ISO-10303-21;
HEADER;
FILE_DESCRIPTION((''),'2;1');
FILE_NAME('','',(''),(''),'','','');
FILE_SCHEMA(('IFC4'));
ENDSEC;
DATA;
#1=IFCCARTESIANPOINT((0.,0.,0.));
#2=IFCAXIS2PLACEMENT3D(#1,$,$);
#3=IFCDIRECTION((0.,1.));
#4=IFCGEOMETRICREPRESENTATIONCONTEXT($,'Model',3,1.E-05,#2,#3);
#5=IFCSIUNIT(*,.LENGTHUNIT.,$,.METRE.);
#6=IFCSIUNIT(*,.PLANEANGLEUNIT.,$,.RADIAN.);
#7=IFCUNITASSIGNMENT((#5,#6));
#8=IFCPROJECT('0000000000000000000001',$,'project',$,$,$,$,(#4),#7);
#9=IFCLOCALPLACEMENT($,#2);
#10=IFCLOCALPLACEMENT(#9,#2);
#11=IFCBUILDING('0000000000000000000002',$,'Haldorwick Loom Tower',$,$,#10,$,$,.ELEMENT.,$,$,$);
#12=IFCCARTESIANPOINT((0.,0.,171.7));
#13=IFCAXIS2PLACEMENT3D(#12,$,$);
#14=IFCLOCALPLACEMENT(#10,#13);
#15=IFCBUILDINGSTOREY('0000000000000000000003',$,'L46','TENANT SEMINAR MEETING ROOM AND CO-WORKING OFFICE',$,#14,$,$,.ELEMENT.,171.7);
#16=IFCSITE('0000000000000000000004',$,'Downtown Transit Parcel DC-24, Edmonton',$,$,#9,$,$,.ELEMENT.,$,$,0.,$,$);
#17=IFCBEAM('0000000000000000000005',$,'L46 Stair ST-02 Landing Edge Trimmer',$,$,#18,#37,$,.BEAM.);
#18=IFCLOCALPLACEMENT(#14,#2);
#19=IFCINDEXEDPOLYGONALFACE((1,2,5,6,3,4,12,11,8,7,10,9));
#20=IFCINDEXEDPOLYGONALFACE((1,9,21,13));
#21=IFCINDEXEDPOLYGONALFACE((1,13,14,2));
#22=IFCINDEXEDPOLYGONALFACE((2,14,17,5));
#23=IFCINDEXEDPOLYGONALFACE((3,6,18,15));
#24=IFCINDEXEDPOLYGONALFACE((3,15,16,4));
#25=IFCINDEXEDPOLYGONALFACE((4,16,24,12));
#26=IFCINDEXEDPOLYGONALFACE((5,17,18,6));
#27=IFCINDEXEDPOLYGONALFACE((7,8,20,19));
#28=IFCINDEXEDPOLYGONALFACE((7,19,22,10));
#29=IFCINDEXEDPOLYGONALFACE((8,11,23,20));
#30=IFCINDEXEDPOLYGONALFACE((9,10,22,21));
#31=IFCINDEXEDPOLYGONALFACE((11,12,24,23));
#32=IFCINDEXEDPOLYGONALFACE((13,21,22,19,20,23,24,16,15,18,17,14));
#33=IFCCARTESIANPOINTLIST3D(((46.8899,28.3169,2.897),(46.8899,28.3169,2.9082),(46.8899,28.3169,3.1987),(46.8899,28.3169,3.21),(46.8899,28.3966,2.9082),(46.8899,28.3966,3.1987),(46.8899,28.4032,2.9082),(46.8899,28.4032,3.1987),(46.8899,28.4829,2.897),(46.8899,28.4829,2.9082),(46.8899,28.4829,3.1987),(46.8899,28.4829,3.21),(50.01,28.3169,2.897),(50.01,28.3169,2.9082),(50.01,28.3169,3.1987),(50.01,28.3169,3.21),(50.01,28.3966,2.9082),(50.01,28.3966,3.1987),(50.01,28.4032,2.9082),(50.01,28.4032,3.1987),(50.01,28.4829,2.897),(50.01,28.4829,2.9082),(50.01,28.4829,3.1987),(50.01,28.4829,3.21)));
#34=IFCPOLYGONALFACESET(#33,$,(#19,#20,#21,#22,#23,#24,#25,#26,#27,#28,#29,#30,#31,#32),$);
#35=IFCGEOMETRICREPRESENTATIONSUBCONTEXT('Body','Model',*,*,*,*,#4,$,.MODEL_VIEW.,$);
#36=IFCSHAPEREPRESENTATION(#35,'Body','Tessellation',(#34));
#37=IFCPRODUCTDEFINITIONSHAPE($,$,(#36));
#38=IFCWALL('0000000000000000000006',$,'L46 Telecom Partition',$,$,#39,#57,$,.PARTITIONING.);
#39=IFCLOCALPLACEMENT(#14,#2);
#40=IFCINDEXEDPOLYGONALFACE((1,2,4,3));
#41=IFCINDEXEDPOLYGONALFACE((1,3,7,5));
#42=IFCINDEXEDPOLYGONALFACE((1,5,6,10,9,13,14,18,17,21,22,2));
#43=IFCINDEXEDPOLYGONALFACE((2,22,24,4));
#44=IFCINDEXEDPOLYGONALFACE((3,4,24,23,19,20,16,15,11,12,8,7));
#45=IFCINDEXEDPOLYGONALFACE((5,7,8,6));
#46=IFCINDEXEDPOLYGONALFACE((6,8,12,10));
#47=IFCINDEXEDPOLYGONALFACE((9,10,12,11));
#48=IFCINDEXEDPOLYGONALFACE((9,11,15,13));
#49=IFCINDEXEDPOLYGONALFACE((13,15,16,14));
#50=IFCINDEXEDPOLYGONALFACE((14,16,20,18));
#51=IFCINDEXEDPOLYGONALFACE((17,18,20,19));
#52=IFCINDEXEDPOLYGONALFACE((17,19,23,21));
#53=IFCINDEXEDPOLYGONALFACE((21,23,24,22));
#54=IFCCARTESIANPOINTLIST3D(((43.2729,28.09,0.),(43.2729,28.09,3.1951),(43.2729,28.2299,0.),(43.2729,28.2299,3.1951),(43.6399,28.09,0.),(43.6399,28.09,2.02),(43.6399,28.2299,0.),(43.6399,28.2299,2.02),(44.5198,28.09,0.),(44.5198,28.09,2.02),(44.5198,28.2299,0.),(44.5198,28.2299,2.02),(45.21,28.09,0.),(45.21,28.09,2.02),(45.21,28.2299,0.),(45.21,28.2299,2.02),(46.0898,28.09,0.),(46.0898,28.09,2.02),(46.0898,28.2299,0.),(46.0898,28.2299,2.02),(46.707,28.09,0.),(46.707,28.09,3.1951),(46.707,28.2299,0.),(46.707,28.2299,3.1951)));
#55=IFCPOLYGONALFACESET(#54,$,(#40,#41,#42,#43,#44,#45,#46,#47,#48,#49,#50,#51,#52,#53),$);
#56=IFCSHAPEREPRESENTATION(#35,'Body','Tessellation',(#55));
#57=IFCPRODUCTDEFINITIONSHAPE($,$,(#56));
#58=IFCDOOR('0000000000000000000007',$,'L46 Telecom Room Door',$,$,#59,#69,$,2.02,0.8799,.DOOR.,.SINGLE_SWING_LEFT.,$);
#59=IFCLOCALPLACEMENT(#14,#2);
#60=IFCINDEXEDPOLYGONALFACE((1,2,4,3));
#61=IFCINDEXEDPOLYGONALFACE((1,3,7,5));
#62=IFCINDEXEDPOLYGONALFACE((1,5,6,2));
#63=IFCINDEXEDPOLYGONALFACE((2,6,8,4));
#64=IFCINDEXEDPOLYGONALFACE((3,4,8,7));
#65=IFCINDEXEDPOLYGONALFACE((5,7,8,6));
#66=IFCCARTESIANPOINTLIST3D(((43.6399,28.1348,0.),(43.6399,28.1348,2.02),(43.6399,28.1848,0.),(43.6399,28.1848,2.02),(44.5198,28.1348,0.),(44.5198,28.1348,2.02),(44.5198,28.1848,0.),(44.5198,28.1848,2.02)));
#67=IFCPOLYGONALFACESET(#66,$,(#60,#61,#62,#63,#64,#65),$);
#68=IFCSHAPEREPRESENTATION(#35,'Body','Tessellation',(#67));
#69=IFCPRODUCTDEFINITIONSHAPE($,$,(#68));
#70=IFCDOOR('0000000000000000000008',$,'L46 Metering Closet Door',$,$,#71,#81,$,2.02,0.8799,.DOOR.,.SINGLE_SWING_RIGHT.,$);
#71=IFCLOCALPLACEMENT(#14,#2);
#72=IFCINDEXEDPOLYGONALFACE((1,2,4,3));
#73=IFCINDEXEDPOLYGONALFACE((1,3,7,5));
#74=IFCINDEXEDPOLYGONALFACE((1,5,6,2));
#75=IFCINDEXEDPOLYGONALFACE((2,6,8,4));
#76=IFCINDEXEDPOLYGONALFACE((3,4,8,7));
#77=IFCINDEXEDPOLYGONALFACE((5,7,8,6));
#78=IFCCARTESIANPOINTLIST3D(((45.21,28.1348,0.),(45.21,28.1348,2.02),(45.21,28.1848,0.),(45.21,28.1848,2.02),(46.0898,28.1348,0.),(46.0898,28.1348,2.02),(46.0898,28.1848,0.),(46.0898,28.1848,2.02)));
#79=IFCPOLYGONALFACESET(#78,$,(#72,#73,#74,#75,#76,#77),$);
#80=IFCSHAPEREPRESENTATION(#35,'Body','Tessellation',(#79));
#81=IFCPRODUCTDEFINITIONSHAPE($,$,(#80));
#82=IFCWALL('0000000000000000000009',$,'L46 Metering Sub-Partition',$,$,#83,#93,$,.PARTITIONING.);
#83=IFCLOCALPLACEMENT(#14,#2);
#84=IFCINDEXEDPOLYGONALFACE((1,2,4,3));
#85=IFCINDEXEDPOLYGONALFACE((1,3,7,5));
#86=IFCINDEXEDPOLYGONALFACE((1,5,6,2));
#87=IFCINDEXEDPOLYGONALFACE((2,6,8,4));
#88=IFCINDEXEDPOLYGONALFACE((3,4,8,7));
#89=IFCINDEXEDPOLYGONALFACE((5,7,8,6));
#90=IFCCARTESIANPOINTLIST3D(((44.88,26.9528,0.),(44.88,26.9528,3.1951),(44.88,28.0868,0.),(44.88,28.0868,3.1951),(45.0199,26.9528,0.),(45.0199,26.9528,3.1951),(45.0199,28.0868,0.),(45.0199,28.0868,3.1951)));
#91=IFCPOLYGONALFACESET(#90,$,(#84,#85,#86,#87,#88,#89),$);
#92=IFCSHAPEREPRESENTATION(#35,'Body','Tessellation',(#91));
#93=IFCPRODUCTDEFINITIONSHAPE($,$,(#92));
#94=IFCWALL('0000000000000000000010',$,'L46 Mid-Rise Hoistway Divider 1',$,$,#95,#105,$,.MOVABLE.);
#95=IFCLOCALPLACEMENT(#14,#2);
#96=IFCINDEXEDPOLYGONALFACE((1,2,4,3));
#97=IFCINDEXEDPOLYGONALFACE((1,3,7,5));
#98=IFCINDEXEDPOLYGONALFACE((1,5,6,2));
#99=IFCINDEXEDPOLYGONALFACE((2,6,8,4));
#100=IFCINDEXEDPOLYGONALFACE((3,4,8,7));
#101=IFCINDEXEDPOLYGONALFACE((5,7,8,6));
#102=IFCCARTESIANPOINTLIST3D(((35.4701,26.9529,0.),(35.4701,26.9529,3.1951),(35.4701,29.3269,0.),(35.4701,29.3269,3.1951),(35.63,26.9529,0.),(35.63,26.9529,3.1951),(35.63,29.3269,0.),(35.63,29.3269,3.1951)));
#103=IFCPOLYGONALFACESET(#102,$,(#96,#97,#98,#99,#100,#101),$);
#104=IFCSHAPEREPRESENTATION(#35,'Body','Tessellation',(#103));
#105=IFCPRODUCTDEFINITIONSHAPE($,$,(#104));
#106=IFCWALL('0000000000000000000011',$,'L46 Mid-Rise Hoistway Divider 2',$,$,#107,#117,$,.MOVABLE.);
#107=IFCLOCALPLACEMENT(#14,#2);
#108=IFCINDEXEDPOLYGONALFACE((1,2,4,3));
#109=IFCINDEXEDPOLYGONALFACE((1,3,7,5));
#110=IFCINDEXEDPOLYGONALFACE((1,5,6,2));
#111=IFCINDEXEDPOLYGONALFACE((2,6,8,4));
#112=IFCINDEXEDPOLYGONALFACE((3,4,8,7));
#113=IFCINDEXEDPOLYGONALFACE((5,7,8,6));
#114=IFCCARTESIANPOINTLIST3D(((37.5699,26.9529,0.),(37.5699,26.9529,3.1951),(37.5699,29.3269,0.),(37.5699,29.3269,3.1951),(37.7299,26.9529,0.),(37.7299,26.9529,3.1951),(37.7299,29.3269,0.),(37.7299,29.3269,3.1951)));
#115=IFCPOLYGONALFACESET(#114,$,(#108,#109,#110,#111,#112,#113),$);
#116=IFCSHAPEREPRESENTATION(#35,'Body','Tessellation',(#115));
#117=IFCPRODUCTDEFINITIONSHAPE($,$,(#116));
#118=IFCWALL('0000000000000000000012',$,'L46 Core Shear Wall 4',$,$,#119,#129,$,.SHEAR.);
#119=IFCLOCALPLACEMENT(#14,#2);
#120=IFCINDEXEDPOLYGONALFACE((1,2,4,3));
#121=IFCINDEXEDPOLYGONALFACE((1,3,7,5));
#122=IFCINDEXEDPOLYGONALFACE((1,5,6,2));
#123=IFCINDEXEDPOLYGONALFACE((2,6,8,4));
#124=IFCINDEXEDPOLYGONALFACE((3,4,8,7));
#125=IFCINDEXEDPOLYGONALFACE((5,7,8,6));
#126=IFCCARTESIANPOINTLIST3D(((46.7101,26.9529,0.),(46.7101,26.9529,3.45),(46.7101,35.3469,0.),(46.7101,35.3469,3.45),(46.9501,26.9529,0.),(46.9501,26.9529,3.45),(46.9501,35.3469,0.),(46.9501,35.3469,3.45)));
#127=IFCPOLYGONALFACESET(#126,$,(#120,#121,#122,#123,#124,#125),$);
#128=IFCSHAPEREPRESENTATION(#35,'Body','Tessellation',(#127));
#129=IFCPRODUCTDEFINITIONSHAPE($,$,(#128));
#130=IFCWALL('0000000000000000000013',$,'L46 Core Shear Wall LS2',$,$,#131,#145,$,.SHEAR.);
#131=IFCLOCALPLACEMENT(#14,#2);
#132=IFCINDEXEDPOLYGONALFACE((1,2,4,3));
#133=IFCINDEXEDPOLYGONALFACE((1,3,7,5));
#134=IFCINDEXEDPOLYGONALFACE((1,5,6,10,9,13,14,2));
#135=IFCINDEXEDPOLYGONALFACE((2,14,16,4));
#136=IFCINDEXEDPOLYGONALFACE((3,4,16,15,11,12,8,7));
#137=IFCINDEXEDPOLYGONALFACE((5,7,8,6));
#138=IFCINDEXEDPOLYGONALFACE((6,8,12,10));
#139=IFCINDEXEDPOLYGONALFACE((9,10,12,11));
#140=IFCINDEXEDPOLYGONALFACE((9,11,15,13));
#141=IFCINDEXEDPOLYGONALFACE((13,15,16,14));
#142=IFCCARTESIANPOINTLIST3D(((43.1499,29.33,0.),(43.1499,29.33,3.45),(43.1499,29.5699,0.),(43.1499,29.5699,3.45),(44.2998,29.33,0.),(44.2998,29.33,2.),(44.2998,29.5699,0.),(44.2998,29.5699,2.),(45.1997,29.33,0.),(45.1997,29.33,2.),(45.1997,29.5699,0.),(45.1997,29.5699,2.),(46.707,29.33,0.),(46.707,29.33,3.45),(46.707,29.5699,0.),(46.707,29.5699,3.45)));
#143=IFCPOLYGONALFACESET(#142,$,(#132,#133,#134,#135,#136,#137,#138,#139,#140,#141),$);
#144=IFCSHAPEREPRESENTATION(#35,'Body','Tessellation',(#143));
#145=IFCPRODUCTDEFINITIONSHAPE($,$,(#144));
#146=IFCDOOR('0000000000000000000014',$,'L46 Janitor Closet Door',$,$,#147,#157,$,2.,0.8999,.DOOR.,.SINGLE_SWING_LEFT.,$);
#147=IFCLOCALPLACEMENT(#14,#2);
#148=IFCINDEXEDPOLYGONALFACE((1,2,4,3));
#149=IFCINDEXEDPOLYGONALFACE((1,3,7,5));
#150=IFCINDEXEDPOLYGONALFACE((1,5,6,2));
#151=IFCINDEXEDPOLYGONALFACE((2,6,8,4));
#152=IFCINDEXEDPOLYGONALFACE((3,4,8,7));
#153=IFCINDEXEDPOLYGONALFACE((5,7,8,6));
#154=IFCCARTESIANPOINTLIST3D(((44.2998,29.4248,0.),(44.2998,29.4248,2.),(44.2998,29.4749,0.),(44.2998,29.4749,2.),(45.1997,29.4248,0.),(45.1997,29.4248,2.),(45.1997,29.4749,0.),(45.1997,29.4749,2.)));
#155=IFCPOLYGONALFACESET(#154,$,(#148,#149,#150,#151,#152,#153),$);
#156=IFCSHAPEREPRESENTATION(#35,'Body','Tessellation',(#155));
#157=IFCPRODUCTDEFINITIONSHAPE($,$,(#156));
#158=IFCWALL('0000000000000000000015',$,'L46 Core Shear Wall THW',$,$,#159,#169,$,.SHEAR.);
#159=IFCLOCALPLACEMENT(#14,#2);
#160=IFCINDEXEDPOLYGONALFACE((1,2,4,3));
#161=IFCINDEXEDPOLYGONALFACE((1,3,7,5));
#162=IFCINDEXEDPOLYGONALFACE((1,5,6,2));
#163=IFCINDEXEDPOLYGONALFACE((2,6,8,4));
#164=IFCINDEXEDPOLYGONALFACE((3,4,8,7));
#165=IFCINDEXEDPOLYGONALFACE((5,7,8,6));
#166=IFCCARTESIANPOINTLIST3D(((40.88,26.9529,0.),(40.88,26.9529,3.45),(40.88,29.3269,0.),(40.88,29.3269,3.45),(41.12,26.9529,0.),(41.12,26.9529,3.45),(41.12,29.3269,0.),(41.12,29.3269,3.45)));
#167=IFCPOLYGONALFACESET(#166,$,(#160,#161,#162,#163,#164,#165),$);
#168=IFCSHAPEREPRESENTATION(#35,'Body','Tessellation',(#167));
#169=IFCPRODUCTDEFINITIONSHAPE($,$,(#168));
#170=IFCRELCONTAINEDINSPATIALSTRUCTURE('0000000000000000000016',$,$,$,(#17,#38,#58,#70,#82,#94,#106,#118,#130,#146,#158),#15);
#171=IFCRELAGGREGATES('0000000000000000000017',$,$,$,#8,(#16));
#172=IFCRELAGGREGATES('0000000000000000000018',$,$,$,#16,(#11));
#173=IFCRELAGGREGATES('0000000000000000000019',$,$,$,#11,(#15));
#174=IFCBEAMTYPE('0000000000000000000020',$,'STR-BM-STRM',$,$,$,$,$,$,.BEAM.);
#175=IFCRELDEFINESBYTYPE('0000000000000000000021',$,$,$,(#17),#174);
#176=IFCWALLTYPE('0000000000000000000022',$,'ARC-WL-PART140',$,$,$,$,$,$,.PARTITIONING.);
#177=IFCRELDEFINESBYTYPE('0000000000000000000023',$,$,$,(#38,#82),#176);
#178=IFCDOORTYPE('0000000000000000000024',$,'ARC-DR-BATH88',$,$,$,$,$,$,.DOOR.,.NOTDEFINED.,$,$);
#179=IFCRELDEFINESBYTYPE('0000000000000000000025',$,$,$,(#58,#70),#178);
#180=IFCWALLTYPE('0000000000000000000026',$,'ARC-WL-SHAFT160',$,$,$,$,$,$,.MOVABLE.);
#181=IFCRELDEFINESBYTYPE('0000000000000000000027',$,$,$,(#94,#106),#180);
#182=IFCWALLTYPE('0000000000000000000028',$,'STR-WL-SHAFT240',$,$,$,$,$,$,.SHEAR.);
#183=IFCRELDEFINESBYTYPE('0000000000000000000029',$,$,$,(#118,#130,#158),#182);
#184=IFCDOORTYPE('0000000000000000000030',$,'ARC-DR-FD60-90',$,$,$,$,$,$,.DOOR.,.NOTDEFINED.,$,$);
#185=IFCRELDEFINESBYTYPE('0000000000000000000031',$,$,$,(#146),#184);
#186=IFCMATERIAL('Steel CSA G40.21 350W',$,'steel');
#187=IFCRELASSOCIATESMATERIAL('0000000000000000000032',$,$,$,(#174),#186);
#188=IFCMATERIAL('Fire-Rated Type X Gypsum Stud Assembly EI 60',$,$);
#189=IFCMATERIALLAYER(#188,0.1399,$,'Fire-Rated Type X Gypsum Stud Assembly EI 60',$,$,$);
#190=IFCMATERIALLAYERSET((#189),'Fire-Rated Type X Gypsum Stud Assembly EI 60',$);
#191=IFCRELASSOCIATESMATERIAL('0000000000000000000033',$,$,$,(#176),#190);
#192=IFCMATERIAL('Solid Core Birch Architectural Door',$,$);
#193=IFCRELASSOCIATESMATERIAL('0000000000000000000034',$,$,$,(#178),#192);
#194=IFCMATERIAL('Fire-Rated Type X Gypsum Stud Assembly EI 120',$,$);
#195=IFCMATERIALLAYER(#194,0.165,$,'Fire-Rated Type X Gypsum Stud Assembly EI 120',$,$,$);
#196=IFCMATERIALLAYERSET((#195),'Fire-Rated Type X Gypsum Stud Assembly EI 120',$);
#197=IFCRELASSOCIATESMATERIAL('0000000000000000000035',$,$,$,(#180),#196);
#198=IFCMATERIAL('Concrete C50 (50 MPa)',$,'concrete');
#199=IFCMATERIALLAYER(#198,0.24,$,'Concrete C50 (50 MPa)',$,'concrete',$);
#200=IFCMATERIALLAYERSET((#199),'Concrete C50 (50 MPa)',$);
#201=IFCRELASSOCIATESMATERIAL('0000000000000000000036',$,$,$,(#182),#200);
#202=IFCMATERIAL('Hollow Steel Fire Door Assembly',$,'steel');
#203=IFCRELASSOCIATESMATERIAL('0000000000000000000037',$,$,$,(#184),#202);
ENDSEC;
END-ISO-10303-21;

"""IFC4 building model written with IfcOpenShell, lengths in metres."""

from ifc_helpers import new_model, si_unit, direction, frame, frame_2d, origin, origin_2d, place, context, subcontext, project, spatial, rectangle, i_section, extrude, material, layer, layer_set, material_profile, profile_set, type_object, element, fill, save


model = new_model("IFC4")

# Units and contexts
model_context = context("Model", 3, precision=1e-05, world=origin(), true_north=direction((0.0, 1.0)))
body_context = subcontext(model_context, "Body", "Model", "MODEL_VIEW")
ifc_project = project(units=[si_unit("LENGTHUNIT", "METRE"), si_unit("PLANEANGLEUNIT", "RADIAN")], contexts=[model_context])

# Site, building, storey
site_placement = place(None, origin())
site = spatial("IfcSite", under=ifc_project, at=site_placement, Name="Downtown Transit Parcel DC-24, Edmonton", CompositionType="ELEMENT", RefElevation=0.0)
building_placement = place(site_placement, origin())
building = spatial("IfcBuilding", under=site, at=building_placement, Name="Haldorwick Loom Tower", CompositionType="ELEMENT")
storey_placement = place(building_placement, frame((0.0, 0.0, 171.7)))
storey = spatial("IfcBuildingStorey", under=building, at=storey_placement, Name="L46", Description="TENANT SEMINAR MEETING ROOM AND CO-WORKING OFFICE", CompositionType="ELEMENT", Elevation=171.7)

# Shared definitions
ifc_material_1 = material(Name="Steel CSA G40.21 350W", Category="steel")

# Beam
ifc_material_profile_1 = material_profile(ifc_material_1, i_section(OverallWidth=0.166, OverallDepth=0.313, WebThickness=0.0066, FlangeThickness=0.0112, at=origin_2d()), Name="W310X45", Category="steel")
ifc_profile_set_1 = profile_set([ifc_material_profile_1], Name="Steel CSA G40.21 350W")
beam_type_1 = type_object("IfcBeamType", Name="STR-BM-STRM", PredefinedType="BEAM", material=ifc_profile_set_1)
beam_1_placement = place(storey_placement, frame((46.8899, 28.3999, 3.0535), z_axis=(1.0, 0.0, 0.0), x_axis=(0.0, 1.0, 0.0)))
element("IfcBeam", 1, at=beam_1_placement, inside=storey, type_object=beam_type_1, Name="L46 Stair ST-02 Landing Edge Trimmer", PredefinedType="BEAM", context=body_context, shape_type="SweptSolid", body=[
    extrude(i_section(OverallWidth=0.166, OverallDepth=0.313, WebThickness=0.0066, FlangeThickness=0.0112, at=origin_2d()), origin(), (0.0, 0.0, 1.0), 3.1201),
])

# Wall, openings, doors
ifc_material_2 = material(Name="Fire-Rated Type X Gypsum Stud Assembly EI 60")
ifc_layer_1 = layer(ifc_material_2, 0.1399, Name="Fire-Rated Type X Gypsum Stud Assembly EI 60")
ifc_layer_set_1 = layer_set([ifc_layer_1], Name="Fire-Rated Type X Gypsum Stud Assembly EI 60")
wall_type_1 = type_object("IfcWallType", Name="ARC-WL-PART140", PredefinedType="PARTITIONING", material=ifc_layer_set_1)
wall_1_placement = place(storey_placement, frame((43.2729, 28.1599, 0.0), z_axis=(0.0, 0.0, 1.0), x_axis=(1.0, 0.0, 0.0)))
wall_1 = element("IfcWall", 2, at=wall_1_placement, inside=storey, type_object=wall_type_1, Name="L46 Telecom Partition", PredefinedType="PARTITIONING", context=body_context, shape_type="SweptSolid", body=[
    extrude(rectangle(XDim=3.4341, YDim=0.1399, at=frame_2d((1.717, 0.0))), origin(), (0.0, 0.0, 1.0), 3.1951),
])
opening_1_placement = place(wall_1_placement, frame((0.3669, 0.0, 0.0)))
opening_1 = element("IfcOpeningElement", 3, at=opening_1_placement, cuts=wall_1, PredefinedType="OPENING", context=body_context, shape_type="SweptSolid", body=[
    extrude(rectangle(XDim=0.8799, YDim=2.02, at=frame_2d((0.4399, 1.01))), frame((0.0, 0.0798, 0.0), z_axis=(0.0, -1.0, 0.0), x_axis=(1.0, 0.0, 0.0)), (0.0, 0.0, 1.0), 0.1599),
])
opening_2_placement = place(wall_1_placement, frame((1.937, 0.0, 0.0)))
opening_2 = element("IfcOpeningElement", 4, at=opening_2_placement, cuts=wall_1, PredefinedType="OPENING", context=body_context, shape_type="SweptSolid", body=[
    extrude(rectangle(XDim=0.8799, YDim=2.02, at=frame_2d((0.4399, 1.01))), frame((0.0, 0.0798, 0.0), z_axis=(0.0, -1.0, 0.0), x_axis=(1.0, 0.0, 0.0)), (0.0, 0.0, 1.0), 0.1599),
])
ifc_material_3 = material(Name="Solid Core Birch Architectural Door")
door_type_1 = type_object("IfcDoorType", Name="ARC-DR-BATH88", OperationType="NOTDEFINED", PredefinedType="DOOR", material=ifc_material_3)
door_1_placement = place(opening_1_placement, origin())
door_1 = element("IfcDoor", 5, at=door_1_placement, inside=storey, type_object=door_type_1, Name="L46 Telecom Room Door", OperationType="SINGLE_SWING_LEFT", OverallHeight=2.02, OverallWidth=0.8799, PredefinedType="DOOR", context=body_context, shape_type="SweptSolid", body=[
    extrude(rectangle(XDim=0.8799, YDim=2.02, at=frame_2d((0.4399, 1.01))), frame((0.0, 0.0249, 0.0), z_axis=(0.0, -1.0, 0.0), x_axis=(1.0, 0.0, 0.0)), (0.0, 0.0, 1.0), 0.05),
])
fill(opening_1, door_1)
door_2_placement = place(opening_2_placement, origin())
door_2 = element("IfcDoor", 6, at=door_2_placement, inside=storey, type_object=door_type_1, Name="L46 Metering Closet Door", OperationType="SINGLE_SWING_RIGHT", OverallHeight=2.02, OverallWidth=0.8799, PredefinedType="DOOR", context=body_context, shape_type="SweptSolid", body=[
    extrude(rectangle(XDim=0.8799, YDim=2.02, at=frame_2d((0.4399, 1.01))), frame((0.0, 0.0249, 0.0), z_axis=(0.0, -1.0, 0.0), x_axis=(1.0, 0.0, 0.0)), (0.0, 0.0, 1.0), 0.05),
])
fill(opening_2, door_2)

# Walls
wall_2_placement = place(storey_placement, frame((44.95, 26.9529, 0.0), z_axis=(0.0, 0.0, 1.0), x_axis=(0.0, 1.0, 0.0)))
element("IfcWall", 7, at=wall_2_placement, inside=storey, type_object=wall_type_1, Name="L46 Metering Sub-Partition", PredefinedType="PARTITIONING", context=body_context, shape_type="SweptSolid", body=[
    extrude(rectangle(XDim=1.134, YDim=0.1399, at=frame_2d((0.5669, 0.0))), origin(), (0.0, 0.0, 1.0), 3.1951),
])
ifc_material_4 = material(Name="Fire-Rated Type X Gypsum Stud Assembly EI 120")
ifc_layer_2 = layer(ifc_material_4, 0.165, Name="Fire-Rated Type X Gypsum Stud Assembly EI 120")
ifc_layer_set_2 = layer_set([ifc_layer_2], Name="Fire-Rated Type X Gypsum Stud Assembly EI 120")
wall_type_2 = type_object("IfcWallType", Name="ARC-WL-SHAFT160", PredefinedType="MOVABLE", material=ifc_layer_set_2)
for number, where, z_axis, x_axis, name in (
    (8, (35.55, 26.9529, 0.0), (0.0, 0.0, 1.0), (0.0, 1.0, 0.0), "L46 Mid-Rise Hoistway Divider 1"),
    (9, (37.6499, 26.9529, 0.0), (0.0, 0.0, 1.0), (0.0, 1.0, 0.0), "L46 Mid-Rise Hoistway Divider 2"),
):
    element("IfcWall", number, at=place(storey_placement, frame(where, z_axis=z_axis, x_axis=x_axis)), inside=storey, type_object=wall_type_2, Name=name, PredefinedType="MOVABLE", context=body_context, shape_type="SweptSolid", body=[
        extrude(rectangle(XDim=2.374, YDim=0.1599, at=frame_2d((1.187, 0.0))), origin(), (0.0, 0.0, 1.0), 3.1951),
    ])
ifc_material_5 = material(Name="Concrete C50 (50 MPa)", Category="concrete")
ifc_layer_3 = layer(ifc_material_5, 0.24, Name="Concrete C50 (50 MPa)", Category="concrete")
ifc_layer_set_3 = layer_set([ifc_layer_3], Name="Concrete C50 (50 MPa)")
wall_type_3 = type_object("IfcWallType", Name="STR-WL-SHAFT240", PredefinedType="SHEAR", material=ifc_layer_set_3)
wall_3_placement = place(storey_placement, frame((46.8301, 26.9529, 0.0), z_axis=(0.0, 0.0, 1.0), x_axis=(0.0, 1.0, 0.0)))
element("IfcWall", 10, at=wall_3_placement, inside=storey, type_object=wall_type_3, Name="L46 Core Shear Wall 4", PredefinedType="SHEAR", context=body_context, shape_type="SweptSolid", body=[
    extrude(rectangle(XDim=8.394, YDim=0.24, at=frame_2d((4.197, 0.0))), origin(), (0.0, 0.0, 1.0), 3.45),
])

# Wall, opening, door
wall_4_placement = place(storey_placement, frame((43.1499, 29.45, 0.0), z_axis=(0.0, 0.0, 1.0), x_axis=(1.0, 0.0, 0.0)))
wall_4 = element("IfcWall", 11, at=wall_4_placement, inside=storey, type_object=wall_type_3, Name="L46 Core Shear Wall LS2", PredefinedType="SHEAR", context=body_context, shape_type="SweptSolid", body=[
    extrude(rectangle(XDim=3.5571, YDim=0.24, at=frame_2d((1.7786, 0.0))), origin(), (0.0, 0.0, 1.0), 3.45),
])
opening_3_placement = place(wall_4_placement, frame((1.1499, 0.0, 0.0)))
opening_3 = element("IfcOpeningElement", 12, at=opening_3_placement, cuts=wall_4, PredefinedType="OPENING", context=body_context, shape_type="SweptSolid", body=[
    extrude(rectangle(XDim=0.8999, YDim=2.0, at=frame_2d((0.45, 1.0))), frame((0.0, 0.1299, 0.0), z_axis=(0.0, -1.0, 0.0), x_axis=(1.0, 0.0, 0.0)), (0.0, 0.0, 1.0), 0.26),
])
ifc_material_6 = material(Name="Hollow Steel Fire Door Assembly", Category="steel")
door_type_2 = type_object("IfcDoorType", Name="ARC-DR-FD60-90", OperationType="NOTDEFINED", PredefinedType="DOOR", material=ifc_material_6)
door_3_placement = place(opening_3_placement, origin())
door_3 = element("IfcDoor", 13, at=door_3_placement, inside=storey, type_object=door_type_2, Name="L46 Janitor Closet Door", OperationType="SINGLE_SWING_LEFT", OverallHeight=2.0, OverallWidth=0.8999, PredefinedType="DOOR", context=body_context, shape_type="SweptSolid", body=[
    extrude(rectangle(XDim=0.8999, YDim=2.0, at=frame_2d((0.45, 1.0))), frame((0.0, 0.0249, 0.0), z_axis=(0.0, -1.0, 0.0), x_axis=(1.0, 0.0, 0.0)), (0.0, 0.0, 1.0), 0.05),
])
fill(opening_3, door_3)

# Wall
for number, where, z_axis, x_axis, name in (
    (14, (41.0, 26.9529, 0.0), (0.0, 0.0, 1.0), (0.0, 1.0, 0.0), "L46 Core Shear Wall THW"),
):
    element("IfcWall", number, at=place(storey_placement, frame(where, z_axis=z_axis, x_axis=x_axis)), inside=storey, type_object=wall_type_3, Name=name, PredefinedType="SHEAR", context=body_context, shape_type="SweptSolid", body=[
        extrude(rectangle(XDim=2.374, YDim=0.24, at=frame_2d((1.187, 0.0))), origin(), (0.0, 0.0, 1.0), 3.45),
    ])

save(model, "model.ifc")
